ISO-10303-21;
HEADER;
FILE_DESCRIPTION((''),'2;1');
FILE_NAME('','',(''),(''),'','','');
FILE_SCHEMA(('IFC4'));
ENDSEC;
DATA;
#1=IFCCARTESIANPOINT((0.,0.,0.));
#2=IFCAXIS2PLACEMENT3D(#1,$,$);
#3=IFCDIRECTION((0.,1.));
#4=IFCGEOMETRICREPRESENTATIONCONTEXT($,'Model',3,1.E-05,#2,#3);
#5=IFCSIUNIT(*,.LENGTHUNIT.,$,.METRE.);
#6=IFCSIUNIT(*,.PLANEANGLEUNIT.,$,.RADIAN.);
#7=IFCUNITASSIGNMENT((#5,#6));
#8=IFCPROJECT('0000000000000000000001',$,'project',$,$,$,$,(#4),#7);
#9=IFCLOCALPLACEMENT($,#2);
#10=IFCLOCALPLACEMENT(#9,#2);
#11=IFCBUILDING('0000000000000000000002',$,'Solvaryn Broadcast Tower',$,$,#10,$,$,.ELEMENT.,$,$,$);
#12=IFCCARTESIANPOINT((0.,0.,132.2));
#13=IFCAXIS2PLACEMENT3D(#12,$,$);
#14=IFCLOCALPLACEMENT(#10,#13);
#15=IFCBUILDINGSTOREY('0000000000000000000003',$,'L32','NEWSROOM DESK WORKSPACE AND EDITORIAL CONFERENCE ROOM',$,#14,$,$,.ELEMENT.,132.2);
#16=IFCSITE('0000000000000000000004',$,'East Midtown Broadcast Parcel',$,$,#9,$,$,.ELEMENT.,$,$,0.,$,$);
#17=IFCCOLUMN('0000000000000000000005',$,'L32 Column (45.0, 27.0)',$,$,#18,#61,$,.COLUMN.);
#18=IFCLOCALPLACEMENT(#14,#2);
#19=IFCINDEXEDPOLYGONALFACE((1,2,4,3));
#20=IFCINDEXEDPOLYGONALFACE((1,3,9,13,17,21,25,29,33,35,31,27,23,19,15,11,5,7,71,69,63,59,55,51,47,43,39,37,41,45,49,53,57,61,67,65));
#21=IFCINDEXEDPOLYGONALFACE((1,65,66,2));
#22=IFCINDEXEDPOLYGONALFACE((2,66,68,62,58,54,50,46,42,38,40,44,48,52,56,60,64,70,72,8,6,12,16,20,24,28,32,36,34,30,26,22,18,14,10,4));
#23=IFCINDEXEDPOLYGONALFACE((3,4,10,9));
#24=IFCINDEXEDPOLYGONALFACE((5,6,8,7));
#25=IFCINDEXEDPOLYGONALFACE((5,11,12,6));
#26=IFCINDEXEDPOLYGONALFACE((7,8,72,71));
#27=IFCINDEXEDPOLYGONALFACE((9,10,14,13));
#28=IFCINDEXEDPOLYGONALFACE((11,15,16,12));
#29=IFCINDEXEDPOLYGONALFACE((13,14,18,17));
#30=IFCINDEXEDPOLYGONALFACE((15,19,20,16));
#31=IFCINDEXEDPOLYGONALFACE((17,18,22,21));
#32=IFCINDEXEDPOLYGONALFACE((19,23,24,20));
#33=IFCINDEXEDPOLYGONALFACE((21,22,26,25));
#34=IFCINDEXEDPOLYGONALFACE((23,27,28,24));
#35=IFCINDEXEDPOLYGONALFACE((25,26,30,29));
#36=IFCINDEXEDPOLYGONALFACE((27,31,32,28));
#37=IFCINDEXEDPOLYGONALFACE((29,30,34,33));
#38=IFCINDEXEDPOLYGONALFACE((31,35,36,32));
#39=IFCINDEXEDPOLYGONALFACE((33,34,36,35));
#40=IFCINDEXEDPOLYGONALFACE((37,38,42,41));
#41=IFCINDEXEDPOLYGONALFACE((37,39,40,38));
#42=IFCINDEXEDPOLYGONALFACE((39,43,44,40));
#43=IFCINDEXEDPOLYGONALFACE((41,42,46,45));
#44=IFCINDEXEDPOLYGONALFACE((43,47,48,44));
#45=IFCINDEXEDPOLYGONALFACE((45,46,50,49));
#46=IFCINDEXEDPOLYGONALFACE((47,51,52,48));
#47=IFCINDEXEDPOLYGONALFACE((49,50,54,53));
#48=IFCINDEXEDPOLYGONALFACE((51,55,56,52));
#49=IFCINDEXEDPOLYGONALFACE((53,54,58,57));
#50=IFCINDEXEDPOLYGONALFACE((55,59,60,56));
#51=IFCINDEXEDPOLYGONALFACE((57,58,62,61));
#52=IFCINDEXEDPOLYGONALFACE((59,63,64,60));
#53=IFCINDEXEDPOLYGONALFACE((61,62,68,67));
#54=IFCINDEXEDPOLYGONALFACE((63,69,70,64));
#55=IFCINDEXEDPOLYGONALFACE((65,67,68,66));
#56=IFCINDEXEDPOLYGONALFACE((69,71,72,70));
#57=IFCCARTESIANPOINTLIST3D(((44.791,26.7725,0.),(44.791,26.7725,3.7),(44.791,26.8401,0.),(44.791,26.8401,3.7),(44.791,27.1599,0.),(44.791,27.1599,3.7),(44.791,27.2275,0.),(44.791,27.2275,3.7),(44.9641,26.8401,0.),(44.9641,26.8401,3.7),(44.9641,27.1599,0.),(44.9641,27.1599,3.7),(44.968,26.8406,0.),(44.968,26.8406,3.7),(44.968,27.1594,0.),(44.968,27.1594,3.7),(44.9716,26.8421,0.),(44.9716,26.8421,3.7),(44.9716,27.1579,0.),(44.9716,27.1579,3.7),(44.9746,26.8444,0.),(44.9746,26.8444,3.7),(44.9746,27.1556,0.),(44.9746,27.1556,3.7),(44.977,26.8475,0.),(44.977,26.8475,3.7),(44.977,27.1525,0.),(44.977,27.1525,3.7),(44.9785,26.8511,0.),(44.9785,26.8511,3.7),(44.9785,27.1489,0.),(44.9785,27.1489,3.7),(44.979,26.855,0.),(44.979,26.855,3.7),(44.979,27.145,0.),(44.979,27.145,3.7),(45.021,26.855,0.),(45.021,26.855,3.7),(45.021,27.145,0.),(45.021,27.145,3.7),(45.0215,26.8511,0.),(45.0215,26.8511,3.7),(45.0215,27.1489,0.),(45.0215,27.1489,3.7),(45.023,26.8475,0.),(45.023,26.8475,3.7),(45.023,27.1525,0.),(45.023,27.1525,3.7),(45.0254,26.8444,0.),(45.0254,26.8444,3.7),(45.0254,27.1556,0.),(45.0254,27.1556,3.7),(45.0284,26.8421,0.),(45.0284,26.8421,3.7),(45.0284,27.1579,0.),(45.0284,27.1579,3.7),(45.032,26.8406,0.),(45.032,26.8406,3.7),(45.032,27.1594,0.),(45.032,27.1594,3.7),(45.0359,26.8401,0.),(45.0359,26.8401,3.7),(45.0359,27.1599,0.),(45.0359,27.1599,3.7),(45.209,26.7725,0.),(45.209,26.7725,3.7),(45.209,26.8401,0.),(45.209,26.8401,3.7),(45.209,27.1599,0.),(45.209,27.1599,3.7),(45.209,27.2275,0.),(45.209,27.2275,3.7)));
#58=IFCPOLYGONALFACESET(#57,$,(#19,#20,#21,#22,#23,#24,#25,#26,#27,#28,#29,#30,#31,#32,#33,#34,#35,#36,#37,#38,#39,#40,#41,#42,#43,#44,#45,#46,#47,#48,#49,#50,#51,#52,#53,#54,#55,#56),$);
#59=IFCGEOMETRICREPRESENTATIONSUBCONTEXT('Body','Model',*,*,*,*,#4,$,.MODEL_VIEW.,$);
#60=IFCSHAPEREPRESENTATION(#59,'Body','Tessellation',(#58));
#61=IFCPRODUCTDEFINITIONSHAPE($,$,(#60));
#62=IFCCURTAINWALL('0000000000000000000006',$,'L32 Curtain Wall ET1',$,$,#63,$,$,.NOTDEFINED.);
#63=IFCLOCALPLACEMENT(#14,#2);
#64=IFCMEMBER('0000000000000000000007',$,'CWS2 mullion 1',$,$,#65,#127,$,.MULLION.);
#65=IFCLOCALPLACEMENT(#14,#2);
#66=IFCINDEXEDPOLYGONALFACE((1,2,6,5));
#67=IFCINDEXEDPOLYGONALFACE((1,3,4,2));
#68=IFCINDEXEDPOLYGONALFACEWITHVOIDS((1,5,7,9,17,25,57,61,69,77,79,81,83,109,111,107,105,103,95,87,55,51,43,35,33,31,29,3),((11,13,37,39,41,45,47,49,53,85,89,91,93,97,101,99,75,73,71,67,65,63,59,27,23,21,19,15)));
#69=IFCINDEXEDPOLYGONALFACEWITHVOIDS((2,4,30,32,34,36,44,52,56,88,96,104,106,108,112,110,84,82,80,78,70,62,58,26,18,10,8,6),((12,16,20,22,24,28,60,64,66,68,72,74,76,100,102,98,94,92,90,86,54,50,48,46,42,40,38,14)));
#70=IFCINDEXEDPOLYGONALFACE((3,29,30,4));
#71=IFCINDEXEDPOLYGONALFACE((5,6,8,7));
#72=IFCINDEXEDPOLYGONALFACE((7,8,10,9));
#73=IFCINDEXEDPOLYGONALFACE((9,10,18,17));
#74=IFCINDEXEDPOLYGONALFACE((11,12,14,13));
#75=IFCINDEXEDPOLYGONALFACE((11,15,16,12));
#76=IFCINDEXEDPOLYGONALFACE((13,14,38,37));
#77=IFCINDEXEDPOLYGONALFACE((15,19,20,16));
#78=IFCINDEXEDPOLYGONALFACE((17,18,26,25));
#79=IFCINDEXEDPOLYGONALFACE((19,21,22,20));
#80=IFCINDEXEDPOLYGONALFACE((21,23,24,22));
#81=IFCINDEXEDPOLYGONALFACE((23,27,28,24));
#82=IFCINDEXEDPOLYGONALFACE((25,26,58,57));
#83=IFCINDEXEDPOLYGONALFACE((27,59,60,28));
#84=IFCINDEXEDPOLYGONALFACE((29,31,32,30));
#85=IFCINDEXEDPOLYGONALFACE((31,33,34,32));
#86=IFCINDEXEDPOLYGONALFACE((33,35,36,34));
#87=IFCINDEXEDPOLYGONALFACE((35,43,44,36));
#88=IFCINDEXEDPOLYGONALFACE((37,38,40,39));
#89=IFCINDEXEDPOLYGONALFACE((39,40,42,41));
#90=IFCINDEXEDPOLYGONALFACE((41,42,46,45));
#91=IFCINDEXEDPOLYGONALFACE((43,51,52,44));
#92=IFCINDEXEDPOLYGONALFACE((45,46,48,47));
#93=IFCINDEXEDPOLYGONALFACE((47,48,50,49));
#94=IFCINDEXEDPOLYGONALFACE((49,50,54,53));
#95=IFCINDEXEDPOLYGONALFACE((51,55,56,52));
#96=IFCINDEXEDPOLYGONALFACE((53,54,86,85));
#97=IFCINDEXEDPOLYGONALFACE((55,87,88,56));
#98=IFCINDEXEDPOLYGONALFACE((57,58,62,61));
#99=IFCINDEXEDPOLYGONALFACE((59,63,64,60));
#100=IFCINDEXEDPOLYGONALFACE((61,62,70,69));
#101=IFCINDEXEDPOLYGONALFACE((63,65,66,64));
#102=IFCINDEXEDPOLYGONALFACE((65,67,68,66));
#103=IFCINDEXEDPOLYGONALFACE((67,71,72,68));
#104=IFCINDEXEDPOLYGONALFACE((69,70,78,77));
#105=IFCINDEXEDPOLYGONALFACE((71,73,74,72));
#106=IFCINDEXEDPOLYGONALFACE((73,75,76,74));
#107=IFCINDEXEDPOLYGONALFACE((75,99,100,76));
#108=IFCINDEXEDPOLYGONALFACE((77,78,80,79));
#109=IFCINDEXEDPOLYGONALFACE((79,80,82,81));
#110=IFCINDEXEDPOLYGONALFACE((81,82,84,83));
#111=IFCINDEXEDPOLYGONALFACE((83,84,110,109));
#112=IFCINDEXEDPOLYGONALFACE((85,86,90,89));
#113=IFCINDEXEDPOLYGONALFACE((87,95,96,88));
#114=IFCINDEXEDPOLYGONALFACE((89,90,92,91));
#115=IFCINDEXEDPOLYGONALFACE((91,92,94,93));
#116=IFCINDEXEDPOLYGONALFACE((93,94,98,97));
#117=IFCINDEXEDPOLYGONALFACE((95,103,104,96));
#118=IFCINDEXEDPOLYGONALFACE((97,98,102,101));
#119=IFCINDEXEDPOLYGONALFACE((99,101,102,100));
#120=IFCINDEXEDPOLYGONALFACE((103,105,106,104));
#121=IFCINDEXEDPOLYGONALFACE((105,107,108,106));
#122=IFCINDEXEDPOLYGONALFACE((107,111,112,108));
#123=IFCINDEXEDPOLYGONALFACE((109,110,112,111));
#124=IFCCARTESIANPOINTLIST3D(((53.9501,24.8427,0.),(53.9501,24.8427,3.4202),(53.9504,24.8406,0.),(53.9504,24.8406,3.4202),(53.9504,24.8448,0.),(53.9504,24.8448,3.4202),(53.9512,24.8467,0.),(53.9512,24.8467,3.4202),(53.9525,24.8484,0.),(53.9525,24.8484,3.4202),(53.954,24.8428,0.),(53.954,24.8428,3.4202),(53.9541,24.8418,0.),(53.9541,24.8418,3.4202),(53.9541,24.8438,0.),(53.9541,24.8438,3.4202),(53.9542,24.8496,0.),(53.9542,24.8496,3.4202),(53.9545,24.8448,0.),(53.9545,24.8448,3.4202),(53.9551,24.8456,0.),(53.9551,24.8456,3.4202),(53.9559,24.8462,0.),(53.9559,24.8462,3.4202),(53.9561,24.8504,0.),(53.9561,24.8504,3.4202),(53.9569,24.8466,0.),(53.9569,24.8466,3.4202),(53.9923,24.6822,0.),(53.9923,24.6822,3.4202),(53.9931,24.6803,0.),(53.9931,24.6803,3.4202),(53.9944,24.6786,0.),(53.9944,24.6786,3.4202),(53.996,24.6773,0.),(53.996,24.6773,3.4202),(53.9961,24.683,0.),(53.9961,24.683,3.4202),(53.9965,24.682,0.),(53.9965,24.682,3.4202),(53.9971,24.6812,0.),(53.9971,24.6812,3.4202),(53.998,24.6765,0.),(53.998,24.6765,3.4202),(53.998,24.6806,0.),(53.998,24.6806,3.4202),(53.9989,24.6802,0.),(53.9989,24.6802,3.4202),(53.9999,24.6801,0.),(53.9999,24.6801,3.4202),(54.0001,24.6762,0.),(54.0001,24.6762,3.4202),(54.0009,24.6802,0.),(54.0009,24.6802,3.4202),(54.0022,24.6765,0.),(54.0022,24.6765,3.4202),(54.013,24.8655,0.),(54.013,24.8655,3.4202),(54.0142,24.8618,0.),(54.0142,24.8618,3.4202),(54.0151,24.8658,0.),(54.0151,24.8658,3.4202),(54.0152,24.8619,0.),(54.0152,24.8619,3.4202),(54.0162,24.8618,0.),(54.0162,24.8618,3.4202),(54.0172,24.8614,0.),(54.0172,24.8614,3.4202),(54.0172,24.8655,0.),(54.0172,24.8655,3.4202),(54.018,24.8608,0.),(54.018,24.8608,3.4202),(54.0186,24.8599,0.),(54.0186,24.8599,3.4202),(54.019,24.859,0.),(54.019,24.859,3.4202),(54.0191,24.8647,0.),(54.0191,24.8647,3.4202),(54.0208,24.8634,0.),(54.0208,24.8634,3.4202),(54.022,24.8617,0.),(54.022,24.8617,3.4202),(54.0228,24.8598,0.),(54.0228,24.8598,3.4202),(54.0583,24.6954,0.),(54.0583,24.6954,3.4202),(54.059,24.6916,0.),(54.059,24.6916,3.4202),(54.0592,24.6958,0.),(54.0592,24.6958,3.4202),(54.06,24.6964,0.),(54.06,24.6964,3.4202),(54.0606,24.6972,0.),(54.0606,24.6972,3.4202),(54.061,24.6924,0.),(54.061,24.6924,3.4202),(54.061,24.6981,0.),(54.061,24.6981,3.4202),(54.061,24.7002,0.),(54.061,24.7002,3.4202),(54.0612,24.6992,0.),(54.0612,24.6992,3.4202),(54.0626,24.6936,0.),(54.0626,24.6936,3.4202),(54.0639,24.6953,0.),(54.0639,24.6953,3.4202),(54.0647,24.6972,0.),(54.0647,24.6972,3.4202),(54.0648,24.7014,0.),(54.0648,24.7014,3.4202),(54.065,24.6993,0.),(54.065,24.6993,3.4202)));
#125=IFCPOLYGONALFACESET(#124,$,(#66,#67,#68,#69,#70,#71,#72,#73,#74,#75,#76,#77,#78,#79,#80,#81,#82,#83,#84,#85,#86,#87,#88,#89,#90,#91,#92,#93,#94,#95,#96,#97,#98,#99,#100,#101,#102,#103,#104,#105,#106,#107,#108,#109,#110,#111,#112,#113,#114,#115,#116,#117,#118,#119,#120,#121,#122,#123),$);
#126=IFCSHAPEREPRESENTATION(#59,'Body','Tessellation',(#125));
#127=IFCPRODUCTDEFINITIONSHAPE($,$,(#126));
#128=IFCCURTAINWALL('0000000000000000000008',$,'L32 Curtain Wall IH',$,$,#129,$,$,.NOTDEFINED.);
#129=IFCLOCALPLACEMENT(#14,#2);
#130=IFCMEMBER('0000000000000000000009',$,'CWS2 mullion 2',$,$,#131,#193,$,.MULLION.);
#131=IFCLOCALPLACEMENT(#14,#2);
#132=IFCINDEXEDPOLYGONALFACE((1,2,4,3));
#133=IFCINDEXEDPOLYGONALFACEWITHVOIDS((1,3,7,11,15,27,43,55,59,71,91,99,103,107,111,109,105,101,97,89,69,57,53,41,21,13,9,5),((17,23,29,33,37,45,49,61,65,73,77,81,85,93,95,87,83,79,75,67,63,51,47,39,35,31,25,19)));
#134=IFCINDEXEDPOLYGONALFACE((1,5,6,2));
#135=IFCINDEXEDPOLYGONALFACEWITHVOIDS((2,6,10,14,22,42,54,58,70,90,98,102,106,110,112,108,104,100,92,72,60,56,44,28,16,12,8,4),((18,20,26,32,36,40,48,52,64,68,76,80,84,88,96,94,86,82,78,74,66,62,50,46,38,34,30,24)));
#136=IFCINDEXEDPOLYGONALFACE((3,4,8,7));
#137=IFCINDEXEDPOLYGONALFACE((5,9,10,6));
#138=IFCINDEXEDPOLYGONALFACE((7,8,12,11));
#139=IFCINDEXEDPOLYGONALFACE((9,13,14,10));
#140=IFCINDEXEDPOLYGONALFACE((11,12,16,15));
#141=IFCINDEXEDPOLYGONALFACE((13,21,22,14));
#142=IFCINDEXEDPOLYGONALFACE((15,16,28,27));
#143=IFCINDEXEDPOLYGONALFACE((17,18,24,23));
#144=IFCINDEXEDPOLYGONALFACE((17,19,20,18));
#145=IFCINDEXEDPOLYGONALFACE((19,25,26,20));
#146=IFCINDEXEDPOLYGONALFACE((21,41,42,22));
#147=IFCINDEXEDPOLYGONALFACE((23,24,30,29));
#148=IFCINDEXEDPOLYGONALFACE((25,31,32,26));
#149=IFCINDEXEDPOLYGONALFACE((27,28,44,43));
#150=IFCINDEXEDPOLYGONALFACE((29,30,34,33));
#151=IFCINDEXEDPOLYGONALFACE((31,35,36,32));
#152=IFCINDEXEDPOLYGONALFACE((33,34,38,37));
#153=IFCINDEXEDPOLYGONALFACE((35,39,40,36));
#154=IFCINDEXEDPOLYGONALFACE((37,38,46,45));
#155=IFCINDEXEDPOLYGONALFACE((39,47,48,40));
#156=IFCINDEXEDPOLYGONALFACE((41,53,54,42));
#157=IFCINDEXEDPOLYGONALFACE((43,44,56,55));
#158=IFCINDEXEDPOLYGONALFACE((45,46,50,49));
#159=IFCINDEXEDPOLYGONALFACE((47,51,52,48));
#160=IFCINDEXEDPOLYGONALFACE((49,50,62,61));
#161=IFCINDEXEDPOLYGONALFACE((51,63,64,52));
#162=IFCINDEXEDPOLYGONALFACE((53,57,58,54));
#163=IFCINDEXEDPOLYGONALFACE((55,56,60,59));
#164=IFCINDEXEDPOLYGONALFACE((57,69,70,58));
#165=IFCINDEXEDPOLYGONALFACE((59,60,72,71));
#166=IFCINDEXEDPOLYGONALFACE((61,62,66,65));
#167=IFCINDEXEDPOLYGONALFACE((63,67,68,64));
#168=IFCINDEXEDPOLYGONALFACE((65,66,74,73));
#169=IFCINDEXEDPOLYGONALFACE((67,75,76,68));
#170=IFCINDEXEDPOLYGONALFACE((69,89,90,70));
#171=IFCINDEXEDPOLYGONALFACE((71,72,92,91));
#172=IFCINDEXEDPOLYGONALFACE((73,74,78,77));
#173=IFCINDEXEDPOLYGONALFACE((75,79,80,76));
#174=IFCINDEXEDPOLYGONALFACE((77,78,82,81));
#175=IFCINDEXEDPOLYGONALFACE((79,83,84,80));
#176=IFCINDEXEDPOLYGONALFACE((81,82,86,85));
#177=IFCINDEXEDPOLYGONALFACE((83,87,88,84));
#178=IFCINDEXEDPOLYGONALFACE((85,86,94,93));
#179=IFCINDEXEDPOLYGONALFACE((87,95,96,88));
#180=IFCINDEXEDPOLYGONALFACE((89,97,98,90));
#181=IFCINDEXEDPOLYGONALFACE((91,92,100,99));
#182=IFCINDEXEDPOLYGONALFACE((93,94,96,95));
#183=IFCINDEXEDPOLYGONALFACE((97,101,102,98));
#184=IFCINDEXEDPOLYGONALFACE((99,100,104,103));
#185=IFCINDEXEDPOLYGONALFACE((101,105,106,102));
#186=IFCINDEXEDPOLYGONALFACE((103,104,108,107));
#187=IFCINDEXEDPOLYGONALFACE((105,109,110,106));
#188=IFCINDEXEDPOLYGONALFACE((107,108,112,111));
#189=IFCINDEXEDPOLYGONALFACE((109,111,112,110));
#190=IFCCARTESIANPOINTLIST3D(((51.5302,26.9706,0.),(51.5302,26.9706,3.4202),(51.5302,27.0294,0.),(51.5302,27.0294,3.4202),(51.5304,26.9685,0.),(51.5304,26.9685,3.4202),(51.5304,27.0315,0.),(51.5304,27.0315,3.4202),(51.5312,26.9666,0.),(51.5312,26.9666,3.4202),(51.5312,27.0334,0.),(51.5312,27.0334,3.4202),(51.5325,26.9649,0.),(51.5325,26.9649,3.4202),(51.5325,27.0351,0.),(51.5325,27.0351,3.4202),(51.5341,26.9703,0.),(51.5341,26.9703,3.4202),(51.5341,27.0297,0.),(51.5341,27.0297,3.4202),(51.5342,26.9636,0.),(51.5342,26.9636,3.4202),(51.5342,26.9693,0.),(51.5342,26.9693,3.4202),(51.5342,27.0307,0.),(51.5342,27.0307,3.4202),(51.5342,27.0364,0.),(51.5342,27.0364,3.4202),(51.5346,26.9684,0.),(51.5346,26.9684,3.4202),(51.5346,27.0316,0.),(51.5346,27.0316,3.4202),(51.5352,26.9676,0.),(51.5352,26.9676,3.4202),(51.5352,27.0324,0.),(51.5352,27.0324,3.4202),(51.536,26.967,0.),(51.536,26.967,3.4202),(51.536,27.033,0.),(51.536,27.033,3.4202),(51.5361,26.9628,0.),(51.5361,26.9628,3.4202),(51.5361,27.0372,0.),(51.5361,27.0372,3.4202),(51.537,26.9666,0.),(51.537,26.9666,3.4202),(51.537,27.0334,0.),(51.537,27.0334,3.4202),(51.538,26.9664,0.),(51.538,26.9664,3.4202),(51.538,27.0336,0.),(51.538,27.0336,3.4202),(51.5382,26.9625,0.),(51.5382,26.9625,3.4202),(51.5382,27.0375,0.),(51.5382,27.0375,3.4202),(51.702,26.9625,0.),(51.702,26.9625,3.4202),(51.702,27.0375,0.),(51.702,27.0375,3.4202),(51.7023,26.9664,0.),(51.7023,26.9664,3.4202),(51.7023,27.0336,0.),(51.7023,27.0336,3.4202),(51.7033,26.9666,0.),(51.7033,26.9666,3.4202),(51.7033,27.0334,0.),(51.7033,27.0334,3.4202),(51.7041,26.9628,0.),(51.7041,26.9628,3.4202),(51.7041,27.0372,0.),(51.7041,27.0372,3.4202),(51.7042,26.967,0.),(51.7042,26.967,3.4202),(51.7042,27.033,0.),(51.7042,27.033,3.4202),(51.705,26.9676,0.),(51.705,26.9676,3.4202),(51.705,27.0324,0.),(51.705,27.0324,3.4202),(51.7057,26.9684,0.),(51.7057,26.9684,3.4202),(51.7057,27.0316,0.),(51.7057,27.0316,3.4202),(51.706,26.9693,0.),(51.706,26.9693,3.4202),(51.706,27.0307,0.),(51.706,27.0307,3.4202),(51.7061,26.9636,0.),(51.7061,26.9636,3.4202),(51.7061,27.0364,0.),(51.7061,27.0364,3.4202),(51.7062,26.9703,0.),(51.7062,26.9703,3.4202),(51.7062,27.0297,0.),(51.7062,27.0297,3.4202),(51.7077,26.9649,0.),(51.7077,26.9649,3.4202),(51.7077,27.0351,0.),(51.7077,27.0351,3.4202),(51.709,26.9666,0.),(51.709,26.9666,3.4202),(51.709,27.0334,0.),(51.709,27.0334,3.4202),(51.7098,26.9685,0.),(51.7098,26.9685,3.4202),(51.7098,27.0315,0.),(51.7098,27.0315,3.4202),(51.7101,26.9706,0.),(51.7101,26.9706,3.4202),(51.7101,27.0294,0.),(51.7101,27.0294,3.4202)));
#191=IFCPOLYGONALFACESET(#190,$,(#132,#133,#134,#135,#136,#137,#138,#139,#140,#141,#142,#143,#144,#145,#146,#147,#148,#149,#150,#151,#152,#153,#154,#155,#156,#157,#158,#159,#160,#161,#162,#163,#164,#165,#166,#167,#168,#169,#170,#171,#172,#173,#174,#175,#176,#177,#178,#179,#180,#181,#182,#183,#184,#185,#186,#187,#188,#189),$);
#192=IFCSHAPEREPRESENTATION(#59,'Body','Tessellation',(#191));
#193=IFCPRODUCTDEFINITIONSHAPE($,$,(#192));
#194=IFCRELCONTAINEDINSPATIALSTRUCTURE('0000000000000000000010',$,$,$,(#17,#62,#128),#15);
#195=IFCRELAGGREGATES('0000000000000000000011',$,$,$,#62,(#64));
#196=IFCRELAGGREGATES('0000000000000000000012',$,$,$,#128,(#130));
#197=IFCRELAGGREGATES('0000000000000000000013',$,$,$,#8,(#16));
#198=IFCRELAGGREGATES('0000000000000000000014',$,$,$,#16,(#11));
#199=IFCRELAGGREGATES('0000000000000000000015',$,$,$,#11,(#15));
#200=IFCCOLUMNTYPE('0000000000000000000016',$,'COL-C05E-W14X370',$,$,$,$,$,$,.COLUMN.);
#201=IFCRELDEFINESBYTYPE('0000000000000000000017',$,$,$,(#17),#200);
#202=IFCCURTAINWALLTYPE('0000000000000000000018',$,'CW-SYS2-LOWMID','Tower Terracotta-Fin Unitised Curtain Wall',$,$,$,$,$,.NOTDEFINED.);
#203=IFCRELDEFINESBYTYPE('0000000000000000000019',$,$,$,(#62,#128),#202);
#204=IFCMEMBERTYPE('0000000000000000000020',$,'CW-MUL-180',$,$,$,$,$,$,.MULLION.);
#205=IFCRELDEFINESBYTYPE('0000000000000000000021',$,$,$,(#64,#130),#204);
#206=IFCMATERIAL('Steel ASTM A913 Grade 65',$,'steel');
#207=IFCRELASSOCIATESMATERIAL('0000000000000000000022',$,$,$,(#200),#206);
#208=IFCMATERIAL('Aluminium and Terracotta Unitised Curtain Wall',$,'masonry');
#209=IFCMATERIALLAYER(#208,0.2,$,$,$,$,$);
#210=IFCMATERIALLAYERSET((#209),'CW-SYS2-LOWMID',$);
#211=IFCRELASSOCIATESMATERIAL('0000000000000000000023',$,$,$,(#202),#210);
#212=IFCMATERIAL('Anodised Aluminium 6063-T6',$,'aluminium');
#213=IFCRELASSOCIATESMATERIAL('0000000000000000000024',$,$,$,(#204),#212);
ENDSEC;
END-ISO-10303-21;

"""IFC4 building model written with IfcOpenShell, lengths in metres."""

from ifc_helpers import new_model, si_unit, direction, frame, origin, origin_2d, place, context, subcontext, project, spatial, hollow_rectangle, i_section, extrude, material, layer, layer_set, material_profile, profile_set, type_object, element, aggregate, save


model = new_model("IFC4")

# Units and contexts
model_context = context("Model", 3, precision=1e-05, world=origin(), true_north=direction((0.0, 1.0)))
body_context = subcontext(model_context, "Body", "Model", "MODEL_VIEW")
ifc_project = project(units=[si_unit("LENGTHUNIT", "METRE"), si_unit("PLANEANGLEUNIT", "RADIAN")], contexts=[model_context])

# Site, building, storey
site_placement = place(None, origin())
site = spatial("IfcSite", under=ifc_project, at=site_placement, Name="East Midtown Broadcast Parcel", CompositionType="ELEMENT", RefElevation=0.0)
building_placement = place(site_placement, origin())
building = spatial("IfcBuilding", under=site, at=building_placement, Name="Solvaryn Broadcast Tower", CompositionType="ELEMENT")
storey_placement = place(building_placement, frame((0.0, 0.0, 132.2)))
storey = spatial("IfcBuildingStorey", under=building, at=storey_placement, Name="L32", Description="NEWSROOM DESK WORKSPACE AND EDITORIAL CONFERENCE ROOM", CompositionType="ELEMENT", Elevation=132.2)

# Column
ifc_material_1 = material(Name="Steel ASTM A913 Grade 65", Category="steel")
ifc_material_profile_1 = material_profile(ifc_material_1, i_section(OverallWidth=0.418, OverallDepth=0.4551, WebThickness=0.042, FlangeThickness=0.0676, FilletRadius=0.0149, at=origin_2d()))
ifc_profile_set_1 = profile_set([ifc_material_profile_1], Name="Steel ASTM A913 Grade 65")
column_type = type_object("IfcColumnType", Name="COL-C05E-W14X370", PredefinedType="COLUMN", material=ifc_profile_set_1)
column_placement = place(storey_placement, frame((45.0, 27.0, 0.0), z_axis=(0.0, 0.0, 1.0), x_axis=(1.0, 0.0, 0.0)))
element("IfcColumn", 1, at=column_placement, inside=storey, type_object=column_type, Name="L32 Column (45.0, 27.0)", PredefinedType="COLUMN", context=body_context, shape_type="SweptSolid", body=[
    extrude(i_section(OverallWidth=0.418, OverallDepth=0.4551, WebThickness=0.042, FlangeThickness=0.0676, FilletRadius=0.0149, at=origin_2d()), origin(), (0.0, 0.0, 1.0), 3.7),
])

# Curtain walls, members
ifc_material_2 = material(Name="Aluminium and Terracotta Unitised Curtain Wall", Category="masonry")
ifc_layer_1 = layer(ifc_material_2, 0.2)
ifc_layer_set_1 = layer_set([ifc_layer_1], Name="CW-SYS2-LOWMID")
curtain_wall_type = type_object("IfcCurtainWallType", Name="CW-SYS2-LOWMID", Description="Tower Terracotta-Fin Unitised Curtain Wall", PredefinedType="NOTDEFINED", material=ifc_layer_set_1)
curtain_wall_1_placement = place(storey_placement, origin())
curtain_wall_1 = element("IfcCurtainWall", 2, at=curtain_wall_1_placement, inside=storey, type_object=curtain_wall_type, Name="L32 Curtain Wall ET1", PredefinedType="NOTDEFINED")
ifc_material_3 = material(Name="Anodised Aluminium 6063-T6", Category="aluminium")
ifc_material_profile_2 = material_profile(ifc_material_3, hollow_rectangle(XDim=0.075, YDim=0.1799, WallThickness=0.0039, InnerFilletRadius=0.0039, OuterFilletRadius=0.0081, at=origin_2d()))
ifc_profile_set_2 = profile_set([ifc_material_profile_2], Name="Anodised Aluminium 6063-T6")
member_type_1 = type_object("IfcMemberType", Name="CW-MUL-180", PredefinedType="MULLION", material=ifc_profile_set_2)
member_1_placement = place(storey_placement, frame((54.0076, 24.771, 0.0), z_axis=(0.0, 0.0, 1.0), x_axis=(0.966705, 0.255893, 0.0)))
member_1 = element("IfcMember", 3, at=member_1_placement, type_object=member_type_1, Name="CWS2 mullion 1", PredefinedType="MULLION", context=body_context, shape_type="SweptSolid", body=[
    extrude(hollow_rectangle(XDim=0.075, YDim=0.1799, WallThickness=0.0039, InnerFilletRadius=0.0039, OuterFilletRadius=0.0081, at=origin_2d()), origin(), (0.0, 0.0, 1.0), 3.4202),
])
curtain_wall_2_placement = place(storey_placement, origin())
curtain_wall_2 = element("IfcCurtainWall", 4, at=curtain_wall_2_placement, inside=storey, type_object=curtain_wall_type, Name="L32 Curtain Wall IH", PredefinedType="NOTDEFINED")
member_2_placement = place(storey_placement, frame((51.6201, 27.0, 0.0), z_axis=(0.0, 0.0, 1.0), x_axis=(0.0, 1.0, 0.0)))
member_2 = element("IfcMember", 5, at=member_2_placement, type_object=member_type_1, Name="CWS2 mullion 2", PredefinedType="MULLION", context=body_context, shape_type="SweptSolid", body=[
    extrude(hollow_rectangle(XDim=0.075, YDim=0.1799, WallThickness=0.0039, InnerFilletRadius=0.0039, OuterFilletRadius=0.0081, at=origin_2d()), origin(), (0.0, 0.0, 1.0), 3.4202),
])

aggregate(curtain_wall_1, [member_1])
aggregate(curtain_wall_2, [member_2])

save(model, "model.ifc")
